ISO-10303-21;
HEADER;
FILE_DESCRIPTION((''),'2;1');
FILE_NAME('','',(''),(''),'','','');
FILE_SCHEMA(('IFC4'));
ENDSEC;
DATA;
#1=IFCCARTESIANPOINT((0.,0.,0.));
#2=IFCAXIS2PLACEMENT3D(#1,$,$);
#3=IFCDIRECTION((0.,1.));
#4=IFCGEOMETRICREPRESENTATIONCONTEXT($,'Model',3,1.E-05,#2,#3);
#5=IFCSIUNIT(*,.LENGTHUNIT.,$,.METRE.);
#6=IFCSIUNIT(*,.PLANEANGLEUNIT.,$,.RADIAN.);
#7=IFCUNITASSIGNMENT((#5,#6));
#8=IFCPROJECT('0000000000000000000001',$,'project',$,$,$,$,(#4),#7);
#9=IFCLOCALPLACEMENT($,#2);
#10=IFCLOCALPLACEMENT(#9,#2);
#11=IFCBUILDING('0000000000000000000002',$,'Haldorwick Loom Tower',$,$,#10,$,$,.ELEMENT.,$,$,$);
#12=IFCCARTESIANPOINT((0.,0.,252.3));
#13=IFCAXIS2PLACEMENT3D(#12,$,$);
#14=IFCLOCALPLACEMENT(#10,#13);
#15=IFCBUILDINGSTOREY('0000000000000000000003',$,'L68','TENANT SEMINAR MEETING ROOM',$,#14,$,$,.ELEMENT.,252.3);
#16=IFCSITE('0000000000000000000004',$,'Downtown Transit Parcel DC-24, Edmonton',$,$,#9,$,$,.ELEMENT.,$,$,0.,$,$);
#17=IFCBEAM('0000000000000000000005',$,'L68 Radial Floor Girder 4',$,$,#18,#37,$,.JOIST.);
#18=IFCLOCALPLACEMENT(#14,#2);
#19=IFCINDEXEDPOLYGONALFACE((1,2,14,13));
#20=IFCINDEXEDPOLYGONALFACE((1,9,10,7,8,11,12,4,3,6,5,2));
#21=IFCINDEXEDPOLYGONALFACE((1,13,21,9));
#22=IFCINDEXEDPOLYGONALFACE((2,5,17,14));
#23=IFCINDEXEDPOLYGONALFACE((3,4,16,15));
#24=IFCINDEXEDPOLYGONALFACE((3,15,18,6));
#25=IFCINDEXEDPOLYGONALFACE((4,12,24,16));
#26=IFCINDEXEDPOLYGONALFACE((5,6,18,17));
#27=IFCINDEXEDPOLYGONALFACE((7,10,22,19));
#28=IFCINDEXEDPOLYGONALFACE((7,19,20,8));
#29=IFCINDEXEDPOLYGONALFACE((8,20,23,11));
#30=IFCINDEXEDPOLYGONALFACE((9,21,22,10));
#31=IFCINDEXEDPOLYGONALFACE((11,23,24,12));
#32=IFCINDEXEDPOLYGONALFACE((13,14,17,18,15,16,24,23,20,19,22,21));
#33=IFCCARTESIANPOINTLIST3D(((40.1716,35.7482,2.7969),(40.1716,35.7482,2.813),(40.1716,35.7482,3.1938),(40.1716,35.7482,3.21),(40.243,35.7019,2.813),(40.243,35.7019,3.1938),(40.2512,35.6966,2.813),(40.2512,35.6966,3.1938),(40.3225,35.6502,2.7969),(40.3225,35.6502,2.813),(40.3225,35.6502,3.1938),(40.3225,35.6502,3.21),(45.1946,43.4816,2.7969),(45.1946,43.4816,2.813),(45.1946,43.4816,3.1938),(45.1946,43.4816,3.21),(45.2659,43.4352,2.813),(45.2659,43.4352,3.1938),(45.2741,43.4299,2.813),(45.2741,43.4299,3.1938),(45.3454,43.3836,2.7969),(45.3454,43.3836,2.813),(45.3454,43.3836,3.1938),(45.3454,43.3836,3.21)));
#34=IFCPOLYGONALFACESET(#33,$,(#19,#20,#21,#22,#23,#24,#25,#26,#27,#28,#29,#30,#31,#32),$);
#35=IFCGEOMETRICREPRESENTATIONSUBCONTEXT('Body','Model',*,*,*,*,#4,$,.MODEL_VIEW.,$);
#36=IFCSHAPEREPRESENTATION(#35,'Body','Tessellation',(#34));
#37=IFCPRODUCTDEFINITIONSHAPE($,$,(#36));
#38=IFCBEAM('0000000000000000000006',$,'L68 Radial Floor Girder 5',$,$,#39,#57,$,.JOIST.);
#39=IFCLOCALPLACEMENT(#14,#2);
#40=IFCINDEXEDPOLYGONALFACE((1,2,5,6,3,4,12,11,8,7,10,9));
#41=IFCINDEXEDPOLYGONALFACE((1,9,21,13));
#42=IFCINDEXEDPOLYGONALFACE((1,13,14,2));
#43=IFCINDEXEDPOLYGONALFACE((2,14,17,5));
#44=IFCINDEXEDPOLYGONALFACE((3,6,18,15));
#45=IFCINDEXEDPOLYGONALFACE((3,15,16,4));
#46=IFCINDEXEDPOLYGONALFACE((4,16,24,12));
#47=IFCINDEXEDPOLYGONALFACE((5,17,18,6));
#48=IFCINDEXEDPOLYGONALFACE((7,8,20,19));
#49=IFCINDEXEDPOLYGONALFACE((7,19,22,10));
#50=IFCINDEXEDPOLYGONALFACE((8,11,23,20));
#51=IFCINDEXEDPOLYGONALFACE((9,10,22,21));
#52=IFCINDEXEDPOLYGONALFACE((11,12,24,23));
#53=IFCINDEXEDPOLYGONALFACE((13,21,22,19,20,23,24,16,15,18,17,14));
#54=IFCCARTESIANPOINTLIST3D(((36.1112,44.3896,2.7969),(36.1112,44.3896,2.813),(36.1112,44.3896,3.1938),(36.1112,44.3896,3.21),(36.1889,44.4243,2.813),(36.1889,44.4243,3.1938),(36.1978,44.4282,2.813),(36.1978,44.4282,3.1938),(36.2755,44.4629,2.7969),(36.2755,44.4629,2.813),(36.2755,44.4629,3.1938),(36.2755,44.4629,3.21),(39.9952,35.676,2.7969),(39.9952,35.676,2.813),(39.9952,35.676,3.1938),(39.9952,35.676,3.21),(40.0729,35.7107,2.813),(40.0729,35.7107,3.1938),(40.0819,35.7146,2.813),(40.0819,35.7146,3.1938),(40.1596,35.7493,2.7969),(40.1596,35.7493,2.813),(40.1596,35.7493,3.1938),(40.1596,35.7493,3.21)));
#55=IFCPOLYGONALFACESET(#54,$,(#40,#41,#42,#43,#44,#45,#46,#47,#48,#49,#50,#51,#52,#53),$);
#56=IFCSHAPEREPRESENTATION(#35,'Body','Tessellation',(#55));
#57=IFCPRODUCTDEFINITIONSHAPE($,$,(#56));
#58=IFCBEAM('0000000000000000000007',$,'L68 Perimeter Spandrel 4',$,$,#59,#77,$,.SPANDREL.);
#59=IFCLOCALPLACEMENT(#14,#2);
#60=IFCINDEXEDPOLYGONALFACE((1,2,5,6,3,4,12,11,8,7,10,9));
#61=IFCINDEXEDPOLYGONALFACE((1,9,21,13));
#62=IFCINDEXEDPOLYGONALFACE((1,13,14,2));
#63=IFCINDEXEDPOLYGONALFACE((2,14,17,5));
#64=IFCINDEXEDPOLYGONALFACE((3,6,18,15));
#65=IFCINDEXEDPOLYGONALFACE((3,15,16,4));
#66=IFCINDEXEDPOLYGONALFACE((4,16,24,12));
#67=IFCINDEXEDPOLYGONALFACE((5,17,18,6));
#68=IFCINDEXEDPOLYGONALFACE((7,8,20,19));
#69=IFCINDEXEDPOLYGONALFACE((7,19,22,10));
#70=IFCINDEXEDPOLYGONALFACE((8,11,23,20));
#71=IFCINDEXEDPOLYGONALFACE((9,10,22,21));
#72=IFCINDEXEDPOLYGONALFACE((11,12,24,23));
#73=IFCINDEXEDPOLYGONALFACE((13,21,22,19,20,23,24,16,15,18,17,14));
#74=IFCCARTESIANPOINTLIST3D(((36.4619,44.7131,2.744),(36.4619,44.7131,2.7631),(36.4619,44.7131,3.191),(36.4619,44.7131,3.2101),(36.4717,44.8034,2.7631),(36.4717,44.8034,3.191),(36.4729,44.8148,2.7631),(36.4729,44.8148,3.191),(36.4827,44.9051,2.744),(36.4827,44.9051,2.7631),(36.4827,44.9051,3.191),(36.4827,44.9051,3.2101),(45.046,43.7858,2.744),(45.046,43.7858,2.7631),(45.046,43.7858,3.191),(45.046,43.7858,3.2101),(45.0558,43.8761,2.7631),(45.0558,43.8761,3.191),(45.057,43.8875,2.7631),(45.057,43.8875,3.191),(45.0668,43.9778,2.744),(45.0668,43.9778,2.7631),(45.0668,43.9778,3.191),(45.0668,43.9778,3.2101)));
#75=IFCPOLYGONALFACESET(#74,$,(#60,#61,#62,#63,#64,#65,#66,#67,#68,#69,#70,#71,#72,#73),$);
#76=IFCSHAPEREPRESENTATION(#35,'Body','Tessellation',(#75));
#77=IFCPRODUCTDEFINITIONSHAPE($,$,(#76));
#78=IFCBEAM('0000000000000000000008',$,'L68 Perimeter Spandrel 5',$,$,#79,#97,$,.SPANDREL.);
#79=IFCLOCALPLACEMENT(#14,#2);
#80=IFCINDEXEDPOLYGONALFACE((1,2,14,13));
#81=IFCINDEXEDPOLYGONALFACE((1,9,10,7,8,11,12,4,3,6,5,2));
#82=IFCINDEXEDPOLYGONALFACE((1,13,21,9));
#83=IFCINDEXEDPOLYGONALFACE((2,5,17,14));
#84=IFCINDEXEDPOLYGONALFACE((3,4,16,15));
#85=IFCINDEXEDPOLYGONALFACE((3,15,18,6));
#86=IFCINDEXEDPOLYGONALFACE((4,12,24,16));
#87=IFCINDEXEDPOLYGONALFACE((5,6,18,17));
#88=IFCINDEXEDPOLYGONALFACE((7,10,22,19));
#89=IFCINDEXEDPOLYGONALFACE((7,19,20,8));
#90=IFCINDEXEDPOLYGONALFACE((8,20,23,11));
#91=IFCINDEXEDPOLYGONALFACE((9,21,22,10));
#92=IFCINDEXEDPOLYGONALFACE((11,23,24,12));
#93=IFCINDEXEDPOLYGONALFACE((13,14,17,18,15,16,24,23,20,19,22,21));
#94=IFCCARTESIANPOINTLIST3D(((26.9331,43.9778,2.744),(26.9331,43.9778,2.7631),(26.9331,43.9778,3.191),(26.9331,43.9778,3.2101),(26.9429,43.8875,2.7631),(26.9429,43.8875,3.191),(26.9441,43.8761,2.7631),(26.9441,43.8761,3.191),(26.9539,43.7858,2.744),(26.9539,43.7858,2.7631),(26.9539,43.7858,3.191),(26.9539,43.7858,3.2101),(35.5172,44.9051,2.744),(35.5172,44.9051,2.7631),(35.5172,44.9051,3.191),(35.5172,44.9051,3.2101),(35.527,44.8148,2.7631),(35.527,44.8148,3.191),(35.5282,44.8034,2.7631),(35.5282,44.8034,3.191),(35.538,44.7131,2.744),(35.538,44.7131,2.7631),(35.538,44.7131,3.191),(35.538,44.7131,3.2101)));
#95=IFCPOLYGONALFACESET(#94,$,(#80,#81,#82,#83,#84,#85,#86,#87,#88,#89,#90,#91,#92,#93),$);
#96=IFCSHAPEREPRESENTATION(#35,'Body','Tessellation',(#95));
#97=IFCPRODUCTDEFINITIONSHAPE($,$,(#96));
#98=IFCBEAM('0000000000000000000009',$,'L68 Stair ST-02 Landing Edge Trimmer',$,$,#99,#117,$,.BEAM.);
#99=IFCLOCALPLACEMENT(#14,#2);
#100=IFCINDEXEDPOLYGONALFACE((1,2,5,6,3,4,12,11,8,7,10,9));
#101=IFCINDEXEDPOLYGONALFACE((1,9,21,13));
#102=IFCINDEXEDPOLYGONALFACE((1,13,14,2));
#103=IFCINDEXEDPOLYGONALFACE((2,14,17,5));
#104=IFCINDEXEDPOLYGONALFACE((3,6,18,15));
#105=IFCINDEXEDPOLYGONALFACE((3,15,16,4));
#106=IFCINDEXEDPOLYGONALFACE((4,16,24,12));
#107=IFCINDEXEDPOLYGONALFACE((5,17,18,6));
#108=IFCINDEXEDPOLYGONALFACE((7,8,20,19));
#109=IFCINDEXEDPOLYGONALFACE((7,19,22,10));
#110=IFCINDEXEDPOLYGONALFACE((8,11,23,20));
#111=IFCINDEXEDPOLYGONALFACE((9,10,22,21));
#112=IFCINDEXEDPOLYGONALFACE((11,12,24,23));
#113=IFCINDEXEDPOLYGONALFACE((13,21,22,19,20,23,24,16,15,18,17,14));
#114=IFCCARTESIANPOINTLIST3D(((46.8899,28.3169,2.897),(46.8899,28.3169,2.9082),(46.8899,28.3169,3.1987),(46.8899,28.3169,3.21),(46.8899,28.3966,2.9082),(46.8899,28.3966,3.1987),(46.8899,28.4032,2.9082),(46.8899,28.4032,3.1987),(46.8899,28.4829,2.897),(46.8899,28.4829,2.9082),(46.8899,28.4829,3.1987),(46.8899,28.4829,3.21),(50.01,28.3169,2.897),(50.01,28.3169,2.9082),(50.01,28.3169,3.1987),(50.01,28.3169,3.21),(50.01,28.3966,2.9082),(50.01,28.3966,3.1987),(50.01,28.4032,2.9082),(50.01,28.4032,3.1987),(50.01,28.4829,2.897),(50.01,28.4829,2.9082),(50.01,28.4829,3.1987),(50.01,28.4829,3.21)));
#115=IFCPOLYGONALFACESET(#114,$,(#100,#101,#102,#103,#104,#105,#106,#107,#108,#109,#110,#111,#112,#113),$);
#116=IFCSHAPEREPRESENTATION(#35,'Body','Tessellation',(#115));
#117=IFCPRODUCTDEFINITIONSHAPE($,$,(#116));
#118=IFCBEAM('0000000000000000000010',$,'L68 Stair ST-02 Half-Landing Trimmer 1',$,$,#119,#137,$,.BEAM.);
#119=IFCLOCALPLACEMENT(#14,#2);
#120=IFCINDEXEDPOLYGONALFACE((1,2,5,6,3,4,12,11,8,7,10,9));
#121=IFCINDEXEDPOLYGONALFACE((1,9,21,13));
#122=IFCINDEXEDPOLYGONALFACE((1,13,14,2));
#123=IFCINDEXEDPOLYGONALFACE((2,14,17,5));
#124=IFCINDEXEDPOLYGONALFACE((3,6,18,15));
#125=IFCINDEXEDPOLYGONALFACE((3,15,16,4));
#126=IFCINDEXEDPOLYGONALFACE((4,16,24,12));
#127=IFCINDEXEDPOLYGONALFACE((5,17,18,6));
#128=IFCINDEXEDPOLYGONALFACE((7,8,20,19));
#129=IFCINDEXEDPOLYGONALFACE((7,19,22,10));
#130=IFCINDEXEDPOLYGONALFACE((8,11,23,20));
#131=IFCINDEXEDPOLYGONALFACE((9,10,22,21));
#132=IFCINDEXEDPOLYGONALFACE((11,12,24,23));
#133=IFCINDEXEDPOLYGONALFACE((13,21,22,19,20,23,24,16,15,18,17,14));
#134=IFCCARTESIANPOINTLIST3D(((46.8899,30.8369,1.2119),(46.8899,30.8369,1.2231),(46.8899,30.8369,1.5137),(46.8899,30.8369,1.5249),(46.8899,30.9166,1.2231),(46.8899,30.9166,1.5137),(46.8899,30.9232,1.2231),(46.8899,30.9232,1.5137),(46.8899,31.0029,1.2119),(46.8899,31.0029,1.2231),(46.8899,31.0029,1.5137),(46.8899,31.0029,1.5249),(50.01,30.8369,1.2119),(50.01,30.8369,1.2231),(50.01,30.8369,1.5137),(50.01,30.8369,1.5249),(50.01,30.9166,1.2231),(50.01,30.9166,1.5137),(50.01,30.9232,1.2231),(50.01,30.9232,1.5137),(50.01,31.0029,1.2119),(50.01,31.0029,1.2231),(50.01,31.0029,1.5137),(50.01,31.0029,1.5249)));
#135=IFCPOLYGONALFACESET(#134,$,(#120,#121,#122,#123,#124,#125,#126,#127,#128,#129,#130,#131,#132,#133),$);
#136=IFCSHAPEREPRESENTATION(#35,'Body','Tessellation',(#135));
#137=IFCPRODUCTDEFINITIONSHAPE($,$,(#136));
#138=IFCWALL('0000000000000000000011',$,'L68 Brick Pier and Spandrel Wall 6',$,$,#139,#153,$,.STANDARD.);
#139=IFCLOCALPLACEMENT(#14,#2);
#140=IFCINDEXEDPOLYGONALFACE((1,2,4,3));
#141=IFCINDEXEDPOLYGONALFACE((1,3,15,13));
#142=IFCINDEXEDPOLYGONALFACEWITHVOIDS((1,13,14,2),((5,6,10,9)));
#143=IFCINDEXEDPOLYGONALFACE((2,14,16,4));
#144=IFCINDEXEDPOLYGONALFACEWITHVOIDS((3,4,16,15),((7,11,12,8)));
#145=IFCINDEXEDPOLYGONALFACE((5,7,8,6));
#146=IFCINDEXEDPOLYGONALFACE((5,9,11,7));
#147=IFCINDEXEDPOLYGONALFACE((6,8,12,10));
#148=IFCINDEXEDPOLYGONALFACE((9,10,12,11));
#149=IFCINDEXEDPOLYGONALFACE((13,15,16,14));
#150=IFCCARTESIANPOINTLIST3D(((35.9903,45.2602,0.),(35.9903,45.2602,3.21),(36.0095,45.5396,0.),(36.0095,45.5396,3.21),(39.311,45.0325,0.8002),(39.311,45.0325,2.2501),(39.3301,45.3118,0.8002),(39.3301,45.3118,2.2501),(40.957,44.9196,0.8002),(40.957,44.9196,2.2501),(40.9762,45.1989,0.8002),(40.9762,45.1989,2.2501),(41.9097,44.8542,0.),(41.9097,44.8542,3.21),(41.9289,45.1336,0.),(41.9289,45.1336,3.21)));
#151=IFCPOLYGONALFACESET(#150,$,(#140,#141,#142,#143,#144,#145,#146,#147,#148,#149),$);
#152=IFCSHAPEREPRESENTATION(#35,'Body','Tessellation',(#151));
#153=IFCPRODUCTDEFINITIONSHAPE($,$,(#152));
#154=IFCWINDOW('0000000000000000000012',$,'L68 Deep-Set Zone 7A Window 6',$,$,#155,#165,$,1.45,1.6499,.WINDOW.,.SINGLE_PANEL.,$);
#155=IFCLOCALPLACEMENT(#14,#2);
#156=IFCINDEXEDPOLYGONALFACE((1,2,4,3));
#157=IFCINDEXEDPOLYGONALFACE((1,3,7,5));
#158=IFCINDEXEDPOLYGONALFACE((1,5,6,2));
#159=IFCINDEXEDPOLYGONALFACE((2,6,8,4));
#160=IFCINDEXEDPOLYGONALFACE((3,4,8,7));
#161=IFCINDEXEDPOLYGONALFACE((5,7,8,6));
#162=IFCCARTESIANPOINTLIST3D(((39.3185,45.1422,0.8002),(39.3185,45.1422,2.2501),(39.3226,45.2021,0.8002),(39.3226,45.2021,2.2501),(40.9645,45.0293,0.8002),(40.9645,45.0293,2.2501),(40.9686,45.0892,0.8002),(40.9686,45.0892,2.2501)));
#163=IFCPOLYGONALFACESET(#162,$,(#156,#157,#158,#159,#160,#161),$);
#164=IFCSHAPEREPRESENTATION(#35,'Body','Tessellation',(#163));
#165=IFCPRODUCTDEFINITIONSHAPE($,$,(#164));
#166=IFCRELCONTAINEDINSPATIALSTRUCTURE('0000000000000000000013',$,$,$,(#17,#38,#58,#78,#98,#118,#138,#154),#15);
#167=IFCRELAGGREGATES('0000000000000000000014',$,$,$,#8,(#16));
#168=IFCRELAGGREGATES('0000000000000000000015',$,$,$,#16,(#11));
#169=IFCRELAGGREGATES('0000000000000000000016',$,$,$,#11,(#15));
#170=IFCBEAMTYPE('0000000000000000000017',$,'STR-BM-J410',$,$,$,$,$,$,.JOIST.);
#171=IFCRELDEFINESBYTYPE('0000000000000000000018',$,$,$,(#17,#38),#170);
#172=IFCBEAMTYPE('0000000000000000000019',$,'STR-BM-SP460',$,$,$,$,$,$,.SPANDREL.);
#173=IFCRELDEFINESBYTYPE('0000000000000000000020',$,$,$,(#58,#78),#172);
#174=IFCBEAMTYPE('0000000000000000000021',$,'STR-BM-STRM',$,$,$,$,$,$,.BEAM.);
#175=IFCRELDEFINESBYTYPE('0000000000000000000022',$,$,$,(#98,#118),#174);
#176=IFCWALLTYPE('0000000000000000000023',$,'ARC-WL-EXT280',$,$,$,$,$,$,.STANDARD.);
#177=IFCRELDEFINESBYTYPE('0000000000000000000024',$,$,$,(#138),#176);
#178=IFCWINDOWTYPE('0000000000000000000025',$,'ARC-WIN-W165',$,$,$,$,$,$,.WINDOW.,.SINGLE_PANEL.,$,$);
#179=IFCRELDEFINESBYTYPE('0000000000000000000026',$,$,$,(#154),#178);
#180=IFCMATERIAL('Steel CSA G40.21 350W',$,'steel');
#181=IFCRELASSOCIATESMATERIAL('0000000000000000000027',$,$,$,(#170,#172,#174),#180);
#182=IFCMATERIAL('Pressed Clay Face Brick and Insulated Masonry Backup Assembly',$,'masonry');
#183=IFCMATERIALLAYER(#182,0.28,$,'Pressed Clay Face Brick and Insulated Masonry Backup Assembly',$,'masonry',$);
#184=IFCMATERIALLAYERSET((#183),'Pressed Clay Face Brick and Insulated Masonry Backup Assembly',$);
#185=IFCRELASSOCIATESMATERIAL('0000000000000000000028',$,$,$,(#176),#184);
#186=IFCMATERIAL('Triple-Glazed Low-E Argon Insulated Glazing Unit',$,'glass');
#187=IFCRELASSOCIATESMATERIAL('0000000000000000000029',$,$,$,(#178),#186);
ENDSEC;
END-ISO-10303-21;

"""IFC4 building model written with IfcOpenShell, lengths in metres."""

from ifc_helpers import new_model, si_unit, direction, frame, frame_2d, origin, origin_2d, place, context, subcontext, project, spatial, rectangle, i_section, extrude, material, layer, layer_set, material_profile, profile_set, type_object, element, fill, save


model = new_model("IFC4")

# Units and contexts
model_context = context("Model", 3, precision=1e-05, world=origin(), true_north=direction((0.0, 1.0)))
body_context = subcontext(model_context, "Body", "Model", "MODEL_VIEW")
ifc_project = project(units=[si_unit("LENGTHUNIT", "METRE"), si_unit("PLANEANGLEUNIT", "RADIAN")], contexts=[model_context])

# Site, building, storey
site_placement = place(None, origin())
site = spatial("IfcSite", under=ifc_project, at=site_placement, Name="Downtown Transit Parcel DC-24, Edmonton", CompositionType="ELEMENT", RefElevation=0.0)
building_placement = place(site_placement, origin())
building = spatial("IfcBuilding", under=site, at=building_placement, Name="Haldorwick Loom Tower", CompositionType="ELEMENT")
storey_placement = place(building_placement, frame((0.0, 0.0, 252.3)))
storey = spatial("IfcBuildingStorey", under=building, at=storey_placement, Name="L68", Description="TENANT SEMINAR MEETING ROOM", CompositionType="ELEMENT", Elevation=252.3)

# Shared definitions
ifc_material_1 = material(Name="Steel CSA G40.21 350W", Category="steel")

# Beams
ifc_material_profile_1 = material_profile(ifc_material_1, i_section(OverallWidth=0.1799, OverallDepth=0.4131, WebThickness=0.0098, FlangeThickness=0.0161, at=origin_2d()), Name="W410X74", Category="steel")
ifc_profile_set_1 = profile_set([ifc_material_profile_1], Name="Steel CSA G40.21 350W")
beam_type_1 = type_object("IfcBeamType", Name="STR-BM-J410", PredefinedType="JOIST", material=ifc_profile_set_1)
beam_1_placement = place(storey_placement, frame((40.2471, 35.6992, 3.0034), z_axis=(0.544702, 0.83863, 0.0), x_axis=(-0.83863, 0.544702, 0.0)))
element("IfcBeam", 1, at=beam_1_placement, inside=storey, type_object=beam_type_1, Name="L68 Radial Floor Girder 4", PredefinedType="JOIST", context=body_context, shape_type="SweptSolid", body=[
    extrude(i_section(OverallWidth=0.1799, OverallDepth=0.4131, WebThickness=0.0098, FlangeThickness=0.0161, at=origin_2d()), origin(), (0.0, 0.0, 1.0), 9.2214),
])
beam_2_placement = place(storey_placement, frame((40.0774, 35.7126, 3.0034), z_axis=(-0.407128, 0.913371, 0.0), x_axis=(-0.913371, -0.407128, 0.0)))
element("IfcBeam", 2, at=beam_2_placement, inside=storey, type_object=beam_type_1, Name="L68 Radial Floor Girder 5", PredefinedType="JOIST", context=body_context, shape_type="SweptSolid", body=[
    extrude(i_section(OverallWidth=0.1799, OverallDepth=0.4131, WebThickness=0.0098, FlangeThickness=0.0161, at=origin_2d()), origin(), (0.0, 0.0, 1.0), 9.54),
])
ifc_material_profile_2 = material_profile(ifc_material_1, i_section(OverallWidth=0.1931, OverallDepth=0.4661, WebThickness=0.0115, FlangeThickness=0.019, at=origin_2d()), Name="W460X97", Category="steel")
ifc_profile_set_2 = profile_set([ifc_material_profile_2], Name="Steel CSA G40.21 350W")
beam_type_2 = type_object("IfcBeamType", Name="STR-BM-SP460", PredefinedType="SPANDREL", material=ifc_profile_set_2)
for number, where, z_axis, x_axis, name in (
    (3, (45.0564, 43.8818, 2.9771), (-0.994216, 0.107396, 0.0), (-0.107396, -0.994216, 0.0), "L68 Perimeter Spandrel 4"),
    (4, (35.5276, 44.8091, 2.9771), (-0.994216, -0.107396, 0.0), (0.107396, -0.994216, 0.0), "L68 Perimeter Spandrel 5"),
):
    element("IfcBeam", number, at=place(storey_placement, frame(where, z_axis=z_axis, x_axis=x_axis)), inside=storey, type_object=beam_type_2, Name=name, PredefinedType="SPANDREL", context=body_context, shape_type="SweptSolid", body=[
        extrude(i_section(OverallWidth=0.1931, OverallDepth=0.4661, WebThickness=0.0115, FlangeThickness=0.019, at=origin_2d()), origin(), (0.0, 0.0, 1.0), 8.634),
    ])
ifc_material_profile_3 = material_profile(ifc_material_1, i_section(OverallWidth=0.166, OverallDepth=0.313, WebThickness=0.0066, FlangeThickness=0.0112, at=origin_2d()), Name="W310X45", Category="steel")
ifc_profile_set_3 = profile_set([ifc_material_profile_3], Name="Steel CSA G40.21 350W")
beam_type_3 = type_object("IfcBeamType", Name="STR-BM-STRM", PredefinedType="BEAM", material=ifc_profile_set_3)
for number, where, z_axis, x_axis, name in (
    (5, (46.8899, 28.3999, 3.0535), (1.0, 0.0, 0.0), (0.0, 1.0, 0.0), "L68 Stair ST-02 Landing Edge Trimmer"),
    (6, (46.8899, 30.9199, 1.3684), (1.0, 0.0, 0.0), (0.0, 1.0, 0.0), "L68 Stair ST-02 Half-Landing Trimmer 1"),
):
    element("IfcBeam", number, at=place(storey_placement, frame(where, z_axis=z_axis, x_axis=x_axis)), inside=storey, type_object=beam_type_3, Name=name, PredefinedType="BEAM", context=body_context, shape_type="SweptSolid", body=[
        extrude(i_section(OverallWidth=0.166, OverallDepth=0.313, WebThickness=0.0066, FlangeThickness=0.0112, at=origin_2d()), origin(), (0.0, 0.0, 1.0), 3.1201),
    ])

# Wall, opening, window
ifc_material_2 = material(Name="Pressed Clay Face Brick and Insulated Masonry Backup Assembly", Category="masonry")
ifc_layer_1 = layer(ifc_material_2, 0.28, Name="Pressed Clay Face Brick and Insulated Masonry Backup Assembly", Category="masonry")
ifc_layer_set_1 = layer_set([ifc_layer_1], Name="Pressed Clay Face Brick and Insulated Masonry Backup Assembly")
wall_type_1 = type_object("IfcWallType", Name="ARC-WL-EXT280", PredefinedType="STANDARD", material=ifc_layer_set_1)
wall_1_placement = place(storey_placement, frame((41.9194, 44.9939, 0.0), z_axis=(0.0, 0.0, 1.0), x_axis=(-0.997656, 0.068428, 0.0)))
wall_1 = element("IfcWall", 7, at=wall_1_placement, inside=storey, type_object=wall_type_1, Name="L68 Brick Pier and Spandrel Wall 6", PredefinedType="STANDARD", context=body_context, shape_type="SweptSolid", body=[
    extrude(rectangle(XDim=5.9333, YDim=0.28, at=frame_2d((2.9668, 0.0))), origin(), (0.0, 0.0, 1.0), 3.21),
])
opening_1_placement = place(wall_1_placement, frame((0.9551, 0.0, 0.8)))
opening_1 = element("IfcOpeningElement", 8, at=opening_1_placement, cuts=wall_1, PredefinedType="OPENING", context=body_context, shape_type="SweptSolid", body=[
    extrude(rectangle(XDim=1.6499, YDim=1.45, at=frame_2d((0.825, 0.7251))), frame((0.0, 0.1499, 0.0), z_axis=(0.0, -1.0, 0.0), x_axis=(1.0, 0.0, 0.0)), (0.0, 0.0, 1.0), 0.3),
])
ifc_material_3 = material(Name="Triple-Glazed Low-E Argon Insulated Glazing Unit", Category="glass")
window_type = type_object("IfcWindowType", Name="ARC-WIN-W165", PartitioningType="SINGLE_PANEL", PredefinedType="WINDOW", material=ifc_material_3)
window_1_placement = place(opening_1_placement, origin())
window_1 = element("IfcWindow", 9, at=window_1_placement, inside=storey, type_object=window_type, Name="L68 Deep-Set Zone 7A Window 6", OverallHeight=1.45, OverallWidth=1.6499, PartitioningType="SINGLE_PANEL", PredefinedType="WINDOW", context=body_context, shape_type="SweptSolid", body=[
    extrude(rectangle(XDim=1.6499, YDim=1.45, at=frame_2d((0.825, 0.7251))), frame((0.0, 0.03, 0.0), z_axis=(0.0, -1.0, 0.0), x_axis=(1.0, 0.0, 0.0)), (0.0, 0.0, 1.0), 0.0601),
])
fill(opening_1, window_1)

save(model, "model.ifc")
